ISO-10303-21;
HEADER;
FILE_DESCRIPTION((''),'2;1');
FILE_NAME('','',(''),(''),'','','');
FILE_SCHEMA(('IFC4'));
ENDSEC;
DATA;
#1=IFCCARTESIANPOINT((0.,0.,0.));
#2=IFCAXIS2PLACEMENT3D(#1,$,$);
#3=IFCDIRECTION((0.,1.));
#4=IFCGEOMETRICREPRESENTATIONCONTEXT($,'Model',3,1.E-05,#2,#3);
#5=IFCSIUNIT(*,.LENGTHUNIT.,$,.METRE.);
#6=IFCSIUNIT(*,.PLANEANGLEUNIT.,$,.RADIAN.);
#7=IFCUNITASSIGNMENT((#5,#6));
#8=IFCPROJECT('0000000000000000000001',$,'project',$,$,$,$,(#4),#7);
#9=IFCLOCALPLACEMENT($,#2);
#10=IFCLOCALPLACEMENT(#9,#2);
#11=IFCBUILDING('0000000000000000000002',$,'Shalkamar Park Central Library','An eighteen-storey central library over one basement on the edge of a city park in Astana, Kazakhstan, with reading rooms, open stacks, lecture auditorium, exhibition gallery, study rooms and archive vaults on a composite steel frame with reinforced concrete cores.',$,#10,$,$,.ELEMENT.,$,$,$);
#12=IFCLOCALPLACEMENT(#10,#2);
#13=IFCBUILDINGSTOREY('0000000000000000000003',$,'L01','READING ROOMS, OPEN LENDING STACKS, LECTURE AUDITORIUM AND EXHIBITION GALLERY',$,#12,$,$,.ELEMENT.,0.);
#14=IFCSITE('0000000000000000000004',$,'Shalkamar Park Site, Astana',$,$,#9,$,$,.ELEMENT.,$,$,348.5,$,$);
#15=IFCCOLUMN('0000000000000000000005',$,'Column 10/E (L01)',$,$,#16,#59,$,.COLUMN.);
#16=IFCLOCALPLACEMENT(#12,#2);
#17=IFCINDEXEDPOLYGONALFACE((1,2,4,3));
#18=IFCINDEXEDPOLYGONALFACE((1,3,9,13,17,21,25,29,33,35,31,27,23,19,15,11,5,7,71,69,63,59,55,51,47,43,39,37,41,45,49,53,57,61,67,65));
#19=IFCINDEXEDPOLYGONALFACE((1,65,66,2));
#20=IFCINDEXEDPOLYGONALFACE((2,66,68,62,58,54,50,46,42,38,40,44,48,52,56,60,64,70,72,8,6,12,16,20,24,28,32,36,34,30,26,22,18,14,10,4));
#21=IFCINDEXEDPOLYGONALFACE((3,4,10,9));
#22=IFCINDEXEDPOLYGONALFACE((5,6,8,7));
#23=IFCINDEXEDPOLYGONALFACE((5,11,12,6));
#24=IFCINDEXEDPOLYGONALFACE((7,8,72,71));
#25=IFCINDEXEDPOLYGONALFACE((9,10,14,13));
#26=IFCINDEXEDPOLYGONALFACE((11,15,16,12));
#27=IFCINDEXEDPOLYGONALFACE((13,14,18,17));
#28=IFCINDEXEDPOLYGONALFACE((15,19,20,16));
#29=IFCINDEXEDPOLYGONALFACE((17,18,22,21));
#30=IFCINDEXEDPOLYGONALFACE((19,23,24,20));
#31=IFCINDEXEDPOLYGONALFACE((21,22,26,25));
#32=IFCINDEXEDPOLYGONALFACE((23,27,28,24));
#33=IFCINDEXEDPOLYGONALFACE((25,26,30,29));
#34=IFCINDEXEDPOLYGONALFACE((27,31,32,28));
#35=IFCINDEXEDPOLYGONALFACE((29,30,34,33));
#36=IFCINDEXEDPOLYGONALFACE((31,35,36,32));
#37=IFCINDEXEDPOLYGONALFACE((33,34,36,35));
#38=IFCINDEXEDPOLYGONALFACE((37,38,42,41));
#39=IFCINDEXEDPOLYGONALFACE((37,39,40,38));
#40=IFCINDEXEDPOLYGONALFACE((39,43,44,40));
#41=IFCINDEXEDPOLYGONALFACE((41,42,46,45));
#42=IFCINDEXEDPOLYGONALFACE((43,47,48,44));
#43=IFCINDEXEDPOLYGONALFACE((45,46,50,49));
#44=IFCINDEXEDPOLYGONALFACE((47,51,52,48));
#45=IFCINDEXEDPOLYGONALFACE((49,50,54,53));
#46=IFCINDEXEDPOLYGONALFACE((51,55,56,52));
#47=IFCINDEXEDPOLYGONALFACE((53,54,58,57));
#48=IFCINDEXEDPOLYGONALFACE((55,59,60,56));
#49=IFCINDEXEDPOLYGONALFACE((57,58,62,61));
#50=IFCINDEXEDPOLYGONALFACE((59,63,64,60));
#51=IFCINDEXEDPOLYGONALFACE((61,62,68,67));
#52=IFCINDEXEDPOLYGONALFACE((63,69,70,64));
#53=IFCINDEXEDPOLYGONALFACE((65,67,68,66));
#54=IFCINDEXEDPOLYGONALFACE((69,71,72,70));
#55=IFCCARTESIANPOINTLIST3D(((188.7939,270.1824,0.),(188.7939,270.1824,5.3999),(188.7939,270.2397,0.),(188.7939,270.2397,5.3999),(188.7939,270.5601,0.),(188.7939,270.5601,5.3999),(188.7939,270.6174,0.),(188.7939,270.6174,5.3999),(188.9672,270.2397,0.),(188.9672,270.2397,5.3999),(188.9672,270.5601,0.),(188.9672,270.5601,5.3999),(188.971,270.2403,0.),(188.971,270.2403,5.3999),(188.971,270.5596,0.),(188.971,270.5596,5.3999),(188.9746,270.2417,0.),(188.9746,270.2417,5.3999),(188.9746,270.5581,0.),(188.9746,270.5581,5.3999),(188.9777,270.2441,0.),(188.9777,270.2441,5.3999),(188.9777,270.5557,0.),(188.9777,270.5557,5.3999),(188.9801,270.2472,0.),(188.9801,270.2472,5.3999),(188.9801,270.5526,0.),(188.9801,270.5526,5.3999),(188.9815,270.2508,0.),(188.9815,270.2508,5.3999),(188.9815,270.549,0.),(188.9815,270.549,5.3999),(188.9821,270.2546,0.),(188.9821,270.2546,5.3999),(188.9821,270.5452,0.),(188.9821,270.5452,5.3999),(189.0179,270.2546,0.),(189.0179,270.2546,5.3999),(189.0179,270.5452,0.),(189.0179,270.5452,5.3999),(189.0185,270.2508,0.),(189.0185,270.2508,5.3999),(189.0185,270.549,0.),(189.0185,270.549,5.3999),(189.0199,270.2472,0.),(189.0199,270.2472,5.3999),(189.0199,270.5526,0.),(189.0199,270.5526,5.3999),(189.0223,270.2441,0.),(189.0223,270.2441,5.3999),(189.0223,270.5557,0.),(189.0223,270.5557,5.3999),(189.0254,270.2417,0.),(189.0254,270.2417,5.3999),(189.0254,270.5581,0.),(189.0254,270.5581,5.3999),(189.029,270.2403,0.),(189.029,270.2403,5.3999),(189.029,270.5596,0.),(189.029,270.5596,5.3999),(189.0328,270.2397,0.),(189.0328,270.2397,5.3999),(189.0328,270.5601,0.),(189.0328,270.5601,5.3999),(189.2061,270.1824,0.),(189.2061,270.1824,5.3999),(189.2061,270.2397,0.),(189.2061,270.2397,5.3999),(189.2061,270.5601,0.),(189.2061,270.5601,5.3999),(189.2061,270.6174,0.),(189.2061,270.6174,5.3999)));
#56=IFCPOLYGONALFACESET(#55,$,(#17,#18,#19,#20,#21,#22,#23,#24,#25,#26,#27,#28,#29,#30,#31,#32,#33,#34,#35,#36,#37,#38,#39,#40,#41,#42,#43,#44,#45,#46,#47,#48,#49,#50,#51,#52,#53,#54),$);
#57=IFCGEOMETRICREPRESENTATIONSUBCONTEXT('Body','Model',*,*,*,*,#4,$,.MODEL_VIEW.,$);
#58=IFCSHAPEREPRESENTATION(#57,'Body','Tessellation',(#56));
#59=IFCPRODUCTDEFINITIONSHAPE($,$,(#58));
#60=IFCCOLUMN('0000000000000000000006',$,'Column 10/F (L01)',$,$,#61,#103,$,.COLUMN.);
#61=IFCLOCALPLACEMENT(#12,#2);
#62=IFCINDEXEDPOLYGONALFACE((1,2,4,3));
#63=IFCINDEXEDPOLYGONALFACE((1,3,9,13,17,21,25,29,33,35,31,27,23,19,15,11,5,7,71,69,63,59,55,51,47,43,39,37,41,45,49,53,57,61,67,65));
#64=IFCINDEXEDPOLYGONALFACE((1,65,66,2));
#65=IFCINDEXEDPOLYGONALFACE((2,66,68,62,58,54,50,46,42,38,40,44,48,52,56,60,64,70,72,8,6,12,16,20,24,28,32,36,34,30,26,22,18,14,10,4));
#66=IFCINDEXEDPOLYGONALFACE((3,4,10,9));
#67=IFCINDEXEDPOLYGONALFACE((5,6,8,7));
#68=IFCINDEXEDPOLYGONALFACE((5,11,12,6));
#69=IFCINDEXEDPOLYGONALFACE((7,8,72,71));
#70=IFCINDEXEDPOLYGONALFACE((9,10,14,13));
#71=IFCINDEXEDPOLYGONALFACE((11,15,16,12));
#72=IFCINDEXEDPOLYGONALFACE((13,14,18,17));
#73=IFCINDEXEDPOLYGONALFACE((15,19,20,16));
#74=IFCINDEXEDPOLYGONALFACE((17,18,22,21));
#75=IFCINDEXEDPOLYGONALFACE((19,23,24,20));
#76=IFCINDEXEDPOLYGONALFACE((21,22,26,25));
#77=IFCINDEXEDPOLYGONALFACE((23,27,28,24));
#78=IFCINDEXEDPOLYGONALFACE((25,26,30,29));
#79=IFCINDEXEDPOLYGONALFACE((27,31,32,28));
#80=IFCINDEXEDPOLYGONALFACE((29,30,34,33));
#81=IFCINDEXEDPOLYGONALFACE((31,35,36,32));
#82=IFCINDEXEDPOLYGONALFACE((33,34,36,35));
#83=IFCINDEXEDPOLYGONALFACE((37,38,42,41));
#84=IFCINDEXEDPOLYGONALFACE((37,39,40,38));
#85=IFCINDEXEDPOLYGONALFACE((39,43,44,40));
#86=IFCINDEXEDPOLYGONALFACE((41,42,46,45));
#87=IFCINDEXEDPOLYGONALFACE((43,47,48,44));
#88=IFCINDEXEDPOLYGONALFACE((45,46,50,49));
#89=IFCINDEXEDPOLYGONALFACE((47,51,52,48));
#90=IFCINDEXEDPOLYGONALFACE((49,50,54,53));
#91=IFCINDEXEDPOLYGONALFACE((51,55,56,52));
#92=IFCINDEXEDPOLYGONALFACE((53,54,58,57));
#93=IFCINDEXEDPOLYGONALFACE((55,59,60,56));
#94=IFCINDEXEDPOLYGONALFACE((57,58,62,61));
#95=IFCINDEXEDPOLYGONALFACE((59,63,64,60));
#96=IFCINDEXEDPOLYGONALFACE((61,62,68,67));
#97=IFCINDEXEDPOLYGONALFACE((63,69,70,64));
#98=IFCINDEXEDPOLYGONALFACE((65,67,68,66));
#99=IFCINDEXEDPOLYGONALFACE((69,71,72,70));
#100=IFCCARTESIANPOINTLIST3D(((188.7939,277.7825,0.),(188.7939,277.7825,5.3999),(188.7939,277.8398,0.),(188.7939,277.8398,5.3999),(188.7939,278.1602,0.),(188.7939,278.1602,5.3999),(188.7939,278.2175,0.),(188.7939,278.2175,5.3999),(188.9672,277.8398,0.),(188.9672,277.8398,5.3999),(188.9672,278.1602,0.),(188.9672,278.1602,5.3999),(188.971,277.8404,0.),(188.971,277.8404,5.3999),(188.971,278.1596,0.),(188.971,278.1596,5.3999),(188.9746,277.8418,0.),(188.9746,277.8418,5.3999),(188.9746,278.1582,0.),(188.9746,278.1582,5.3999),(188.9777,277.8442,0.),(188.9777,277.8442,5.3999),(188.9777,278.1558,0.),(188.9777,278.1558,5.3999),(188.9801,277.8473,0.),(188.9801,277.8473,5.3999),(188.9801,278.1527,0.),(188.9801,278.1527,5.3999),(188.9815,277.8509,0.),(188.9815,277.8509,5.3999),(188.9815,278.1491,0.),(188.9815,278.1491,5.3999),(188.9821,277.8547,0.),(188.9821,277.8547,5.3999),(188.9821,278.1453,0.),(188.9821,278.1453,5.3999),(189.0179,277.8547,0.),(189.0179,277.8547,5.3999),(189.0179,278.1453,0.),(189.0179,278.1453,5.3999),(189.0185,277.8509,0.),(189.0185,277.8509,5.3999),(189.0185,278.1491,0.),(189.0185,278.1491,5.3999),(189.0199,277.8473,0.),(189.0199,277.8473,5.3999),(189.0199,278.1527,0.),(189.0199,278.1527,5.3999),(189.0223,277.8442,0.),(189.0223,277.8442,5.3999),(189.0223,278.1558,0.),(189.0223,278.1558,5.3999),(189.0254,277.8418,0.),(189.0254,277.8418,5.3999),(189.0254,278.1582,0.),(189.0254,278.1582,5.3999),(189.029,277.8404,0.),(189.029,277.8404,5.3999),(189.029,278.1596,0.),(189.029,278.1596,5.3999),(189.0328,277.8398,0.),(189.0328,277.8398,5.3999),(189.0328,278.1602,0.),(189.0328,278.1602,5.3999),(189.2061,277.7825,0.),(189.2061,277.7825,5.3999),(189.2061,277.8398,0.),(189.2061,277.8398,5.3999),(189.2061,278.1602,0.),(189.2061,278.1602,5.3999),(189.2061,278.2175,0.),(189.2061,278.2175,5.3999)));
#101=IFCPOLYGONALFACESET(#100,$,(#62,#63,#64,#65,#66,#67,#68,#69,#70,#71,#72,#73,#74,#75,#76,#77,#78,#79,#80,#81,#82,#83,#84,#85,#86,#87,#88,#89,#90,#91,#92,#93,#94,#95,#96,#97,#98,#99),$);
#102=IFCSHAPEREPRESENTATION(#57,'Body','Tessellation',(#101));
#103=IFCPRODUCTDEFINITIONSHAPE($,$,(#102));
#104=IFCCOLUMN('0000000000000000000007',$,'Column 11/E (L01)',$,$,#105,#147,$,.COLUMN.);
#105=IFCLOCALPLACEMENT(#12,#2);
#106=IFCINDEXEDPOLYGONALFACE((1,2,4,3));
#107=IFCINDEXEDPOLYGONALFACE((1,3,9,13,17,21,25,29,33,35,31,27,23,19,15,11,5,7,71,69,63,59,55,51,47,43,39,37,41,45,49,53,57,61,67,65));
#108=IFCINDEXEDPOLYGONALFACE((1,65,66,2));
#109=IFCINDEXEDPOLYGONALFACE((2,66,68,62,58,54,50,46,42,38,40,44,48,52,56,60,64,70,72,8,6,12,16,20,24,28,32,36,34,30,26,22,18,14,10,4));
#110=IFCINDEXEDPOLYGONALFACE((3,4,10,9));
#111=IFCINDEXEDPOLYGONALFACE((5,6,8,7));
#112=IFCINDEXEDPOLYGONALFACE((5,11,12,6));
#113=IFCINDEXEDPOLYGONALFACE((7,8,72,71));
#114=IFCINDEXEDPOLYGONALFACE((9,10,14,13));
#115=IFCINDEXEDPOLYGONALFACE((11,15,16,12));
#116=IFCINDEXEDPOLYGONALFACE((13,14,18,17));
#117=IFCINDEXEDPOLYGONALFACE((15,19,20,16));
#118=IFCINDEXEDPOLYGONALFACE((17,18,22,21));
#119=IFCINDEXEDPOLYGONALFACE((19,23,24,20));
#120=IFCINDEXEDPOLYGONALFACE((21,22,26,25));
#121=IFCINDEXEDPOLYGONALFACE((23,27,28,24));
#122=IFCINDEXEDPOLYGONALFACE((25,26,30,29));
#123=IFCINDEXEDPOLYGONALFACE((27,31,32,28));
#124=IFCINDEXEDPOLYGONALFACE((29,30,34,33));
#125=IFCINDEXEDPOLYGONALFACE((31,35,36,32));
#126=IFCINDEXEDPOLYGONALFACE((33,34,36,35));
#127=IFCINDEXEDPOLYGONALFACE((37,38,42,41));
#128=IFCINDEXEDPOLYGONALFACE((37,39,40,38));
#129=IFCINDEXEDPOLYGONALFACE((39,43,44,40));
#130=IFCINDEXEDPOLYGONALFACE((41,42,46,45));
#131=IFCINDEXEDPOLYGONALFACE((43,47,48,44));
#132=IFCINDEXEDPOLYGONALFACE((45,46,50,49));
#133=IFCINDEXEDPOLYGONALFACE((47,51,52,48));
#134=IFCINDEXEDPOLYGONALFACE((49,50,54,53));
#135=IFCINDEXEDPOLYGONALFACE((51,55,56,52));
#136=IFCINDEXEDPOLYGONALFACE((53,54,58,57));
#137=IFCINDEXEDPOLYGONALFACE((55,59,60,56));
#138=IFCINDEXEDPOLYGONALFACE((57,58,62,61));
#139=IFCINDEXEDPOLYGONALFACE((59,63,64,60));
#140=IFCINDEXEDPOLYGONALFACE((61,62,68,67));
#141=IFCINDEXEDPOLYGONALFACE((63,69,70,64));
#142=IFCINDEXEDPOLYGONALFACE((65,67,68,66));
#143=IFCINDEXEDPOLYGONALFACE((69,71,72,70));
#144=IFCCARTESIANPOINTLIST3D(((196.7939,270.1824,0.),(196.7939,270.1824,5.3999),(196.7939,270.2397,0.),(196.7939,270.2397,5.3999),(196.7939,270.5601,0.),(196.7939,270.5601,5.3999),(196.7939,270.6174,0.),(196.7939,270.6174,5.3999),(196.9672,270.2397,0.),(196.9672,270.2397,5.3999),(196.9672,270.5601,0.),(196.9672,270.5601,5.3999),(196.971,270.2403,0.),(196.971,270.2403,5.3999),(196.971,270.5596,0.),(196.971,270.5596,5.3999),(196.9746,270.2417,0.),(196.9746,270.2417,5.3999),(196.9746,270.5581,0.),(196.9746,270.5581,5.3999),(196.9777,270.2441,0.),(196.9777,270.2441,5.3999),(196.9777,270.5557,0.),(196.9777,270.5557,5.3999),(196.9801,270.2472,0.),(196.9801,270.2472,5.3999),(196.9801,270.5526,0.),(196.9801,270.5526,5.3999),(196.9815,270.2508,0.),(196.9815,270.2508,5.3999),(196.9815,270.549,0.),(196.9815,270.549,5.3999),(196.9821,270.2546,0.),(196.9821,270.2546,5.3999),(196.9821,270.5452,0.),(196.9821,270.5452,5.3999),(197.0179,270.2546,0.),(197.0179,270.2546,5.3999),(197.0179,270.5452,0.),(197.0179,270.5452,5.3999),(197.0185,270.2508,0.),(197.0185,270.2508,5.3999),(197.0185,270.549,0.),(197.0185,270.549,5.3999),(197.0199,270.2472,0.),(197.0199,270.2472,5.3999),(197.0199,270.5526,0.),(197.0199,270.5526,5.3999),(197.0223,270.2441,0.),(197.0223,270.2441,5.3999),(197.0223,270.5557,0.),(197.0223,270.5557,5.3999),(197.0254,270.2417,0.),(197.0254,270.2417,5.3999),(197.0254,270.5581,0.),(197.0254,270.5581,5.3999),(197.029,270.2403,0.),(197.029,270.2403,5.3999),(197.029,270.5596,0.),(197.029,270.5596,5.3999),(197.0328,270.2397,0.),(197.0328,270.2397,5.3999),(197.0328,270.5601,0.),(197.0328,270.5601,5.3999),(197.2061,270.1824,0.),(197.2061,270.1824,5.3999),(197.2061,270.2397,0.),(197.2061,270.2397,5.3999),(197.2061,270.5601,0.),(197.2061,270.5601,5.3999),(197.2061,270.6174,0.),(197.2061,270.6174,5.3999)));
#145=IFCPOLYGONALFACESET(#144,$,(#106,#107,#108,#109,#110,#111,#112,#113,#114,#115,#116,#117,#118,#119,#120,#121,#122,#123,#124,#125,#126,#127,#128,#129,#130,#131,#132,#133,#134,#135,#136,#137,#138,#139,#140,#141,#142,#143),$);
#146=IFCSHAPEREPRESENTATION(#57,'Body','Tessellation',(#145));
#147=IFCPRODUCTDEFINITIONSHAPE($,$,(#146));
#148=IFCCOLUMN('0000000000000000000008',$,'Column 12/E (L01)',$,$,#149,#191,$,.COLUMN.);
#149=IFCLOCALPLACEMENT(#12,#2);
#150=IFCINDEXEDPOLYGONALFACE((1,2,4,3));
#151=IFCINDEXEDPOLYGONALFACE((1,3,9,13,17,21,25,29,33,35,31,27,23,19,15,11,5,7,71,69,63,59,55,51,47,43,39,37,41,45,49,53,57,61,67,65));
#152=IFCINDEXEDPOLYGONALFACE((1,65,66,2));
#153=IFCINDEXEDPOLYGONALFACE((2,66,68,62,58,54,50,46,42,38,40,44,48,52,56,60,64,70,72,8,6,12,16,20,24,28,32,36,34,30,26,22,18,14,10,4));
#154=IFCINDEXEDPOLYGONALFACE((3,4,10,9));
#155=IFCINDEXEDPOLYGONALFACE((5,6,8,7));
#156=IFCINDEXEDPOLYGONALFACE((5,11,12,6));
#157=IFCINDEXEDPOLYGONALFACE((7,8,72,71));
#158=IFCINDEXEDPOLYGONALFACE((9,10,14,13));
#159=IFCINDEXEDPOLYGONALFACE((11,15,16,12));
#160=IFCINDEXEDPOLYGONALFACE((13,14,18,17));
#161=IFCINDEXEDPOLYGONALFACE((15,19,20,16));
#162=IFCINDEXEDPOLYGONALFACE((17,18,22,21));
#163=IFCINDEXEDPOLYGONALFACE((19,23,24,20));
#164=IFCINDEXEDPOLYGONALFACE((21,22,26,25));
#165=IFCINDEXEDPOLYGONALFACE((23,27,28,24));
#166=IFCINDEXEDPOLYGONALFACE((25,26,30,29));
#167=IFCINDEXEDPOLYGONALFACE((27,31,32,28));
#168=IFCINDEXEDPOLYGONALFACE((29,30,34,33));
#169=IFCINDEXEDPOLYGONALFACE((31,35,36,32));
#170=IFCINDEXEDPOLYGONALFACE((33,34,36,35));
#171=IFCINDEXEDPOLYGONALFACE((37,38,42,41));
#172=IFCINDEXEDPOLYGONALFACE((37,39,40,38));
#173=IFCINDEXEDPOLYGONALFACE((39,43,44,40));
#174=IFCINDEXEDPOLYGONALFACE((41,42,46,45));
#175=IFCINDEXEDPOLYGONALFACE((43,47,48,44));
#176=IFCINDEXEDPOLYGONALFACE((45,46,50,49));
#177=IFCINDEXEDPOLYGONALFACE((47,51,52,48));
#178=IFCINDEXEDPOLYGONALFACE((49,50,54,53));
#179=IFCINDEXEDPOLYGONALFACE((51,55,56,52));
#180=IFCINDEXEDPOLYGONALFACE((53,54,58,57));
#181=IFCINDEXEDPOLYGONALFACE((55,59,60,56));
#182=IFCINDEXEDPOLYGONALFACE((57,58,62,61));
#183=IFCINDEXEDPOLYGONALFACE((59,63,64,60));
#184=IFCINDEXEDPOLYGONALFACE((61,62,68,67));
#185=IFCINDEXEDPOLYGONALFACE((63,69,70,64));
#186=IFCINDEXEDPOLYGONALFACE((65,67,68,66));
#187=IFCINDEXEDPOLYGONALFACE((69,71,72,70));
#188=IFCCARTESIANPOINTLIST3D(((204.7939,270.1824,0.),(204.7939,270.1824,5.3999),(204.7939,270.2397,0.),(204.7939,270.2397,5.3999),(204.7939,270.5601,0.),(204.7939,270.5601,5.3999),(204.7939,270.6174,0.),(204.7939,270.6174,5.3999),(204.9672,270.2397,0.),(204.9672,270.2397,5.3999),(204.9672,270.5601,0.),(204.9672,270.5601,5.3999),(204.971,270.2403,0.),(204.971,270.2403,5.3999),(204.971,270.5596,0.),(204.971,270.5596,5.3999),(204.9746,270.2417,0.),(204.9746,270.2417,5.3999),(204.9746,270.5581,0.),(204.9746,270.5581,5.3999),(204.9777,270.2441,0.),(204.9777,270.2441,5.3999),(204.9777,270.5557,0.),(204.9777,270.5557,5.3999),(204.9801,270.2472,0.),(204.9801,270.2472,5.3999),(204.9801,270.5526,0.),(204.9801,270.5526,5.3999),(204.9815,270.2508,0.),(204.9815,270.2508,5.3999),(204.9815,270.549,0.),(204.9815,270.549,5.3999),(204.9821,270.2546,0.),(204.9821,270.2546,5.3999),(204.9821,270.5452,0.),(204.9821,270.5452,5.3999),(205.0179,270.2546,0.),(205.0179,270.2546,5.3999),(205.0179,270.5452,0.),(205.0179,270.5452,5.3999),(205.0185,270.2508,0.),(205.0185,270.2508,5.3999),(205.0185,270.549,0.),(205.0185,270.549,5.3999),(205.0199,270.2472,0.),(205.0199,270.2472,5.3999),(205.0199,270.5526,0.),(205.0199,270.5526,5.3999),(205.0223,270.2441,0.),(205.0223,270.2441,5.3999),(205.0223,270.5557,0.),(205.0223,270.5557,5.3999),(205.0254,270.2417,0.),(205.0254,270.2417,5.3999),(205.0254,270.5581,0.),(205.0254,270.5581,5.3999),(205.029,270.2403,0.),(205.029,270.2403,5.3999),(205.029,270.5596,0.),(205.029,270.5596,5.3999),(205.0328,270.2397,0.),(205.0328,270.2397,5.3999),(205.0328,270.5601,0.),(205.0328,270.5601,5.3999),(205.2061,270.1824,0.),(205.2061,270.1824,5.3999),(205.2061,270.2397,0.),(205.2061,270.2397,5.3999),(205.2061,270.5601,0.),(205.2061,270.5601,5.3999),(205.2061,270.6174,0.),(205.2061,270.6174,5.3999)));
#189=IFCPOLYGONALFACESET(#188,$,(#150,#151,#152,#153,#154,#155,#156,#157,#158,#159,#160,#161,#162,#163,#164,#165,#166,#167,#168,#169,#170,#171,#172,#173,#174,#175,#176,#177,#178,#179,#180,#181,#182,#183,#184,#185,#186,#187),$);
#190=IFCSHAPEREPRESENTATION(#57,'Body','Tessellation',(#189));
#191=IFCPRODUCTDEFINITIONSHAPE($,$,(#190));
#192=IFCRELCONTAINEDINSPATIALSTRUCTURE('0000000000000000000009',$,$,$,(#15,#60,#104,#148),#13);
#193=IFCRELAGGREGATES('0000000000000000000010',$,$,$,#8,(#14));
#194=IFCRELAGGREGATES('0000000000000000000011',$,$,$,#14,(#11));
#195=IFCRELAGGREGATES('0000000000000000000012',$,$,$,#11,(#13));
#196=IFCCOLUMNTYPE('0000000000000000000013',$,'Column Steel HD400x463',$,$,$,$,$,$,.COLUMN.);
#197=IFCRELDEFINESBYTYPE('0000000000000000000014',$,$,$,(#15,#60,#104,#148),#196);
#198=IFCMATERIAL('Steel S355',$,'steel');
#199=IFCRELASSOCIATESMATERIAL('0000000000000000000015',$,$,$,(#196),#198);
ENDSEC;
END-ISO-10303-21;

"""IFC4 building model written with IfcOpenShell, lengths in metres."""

from ifc_helpers import new_model, si_unit, direction, frame, origin, origin_2d, place, context, subcontext, project, spatial, i_section, extrude, material, material_profile, profile_set, type_object, element, save


model = new_model("IFC4")

# Units and contexts
model_context = context("Model", 3, precision=1e-05, world=origin(), true_north=direction((0.0, 1.0)))
body_context = subcontext(model_context, "Body", "Model", "MODEL_VIEW")
ifc_project = project(units=[si_unit("LENGTHUNIT", "METRE"), si_unit("PLANEANGLEUNIT", "RADIAN")], contexts=[model_context])

# Site, building, storey
site_placement = place(None, origin())
site = spatial("IfcSite", under=ifc_project, at=site_placement, Name="Shalkamar Park Site, Astana", CompositionType="ELEMENT", RefElevation=348.5)
building_placement = place(site_placement, origin())
building = spatial("IfcBuilding", under=site, at=building_placement, Name="Shalkamar Park Central Library", Description="An eighteen-storey central library over one basement on the edge of a city park in Astana, Kazakhstan, with reading rooms, open stacks, lecture auditorium, exhibition gallery, study rooms and archive vaults on a composite steel frame with reinforced concrete cores.", CompositionType="ELEMENT")
storey_placement = place(building_placement, origin())
storey = spatial("IfcBuildingStorey", under=building, at=storey_placement, Name="L01", Description="READING ROOMS, OPEN LENDING STACKS, LECTURE AUDITORIUM AND EXHIBITION GALLERY", CompositionType="ELEMENT", Elevation=0.0)

# Columns
ifc_material = material(Name="Steel S355", Category="steel")
ifc_material_profile_1 = material_profile(ifc_material, i_section(OverallWidth=0.4121, OverallDepth=0.4351, WebThickness=0.0359, FlangeThickness=0.0574, FilletRadius=0.0149, at=origin_2d()), Name="HD 400x463")
ifc_profile_set_1 = profile_set([ifc_material_profile_1], Name="Steel S355")
column_type = type_object("IfcColumnType", Name="Column Steel HD400x463", PredefinedType="COLUMN", material=ifc_profile_set_1)
for number, where, z_axis, x_axis, name in (
    (1, (189.0, 270.3999, 0.0), (0.0, 0.0, 1.0), (1.0, 0.0, 0.0), "Column 10/E (L01)"),
    (2, (189.0, 278.0, 0.0), (0.0, 0.0, 1.0), (1.0, 0.0, 0.0), "Column 10/F (L01)"),
    (3, (197.0, 270.3999, 0.0), (0.0, 0.0, 1.0), (1.0, 0.0, 0.0), "Column 11/E (L01)"),
    (4, (205.0, 270.3999, 0.0), (0.0, 0.0, 1.0), (1.0, 0.0, 0.0), "Column 12/E (L01)"),
):
    element("IfcColumn", number, at=place(storey_placement, frame(where, z_axis=z_axis, x_axis=x_axis)), inside=storey, type_object=column_type, Name=name, PredefinedType="COLUMN", context=body_context, shape_type="SweptSolid", body=[
        extrude(i_section(OverallWidth=0.4121, OverallDepth=0.4351, WebThickness=0.0359, FlangeThickness=0.0574, FilletRadius=0.0149, at=origin_2d()), origin(), (0.0, 0.0, 1.0), 5.3999),
    ])

save(model, "model.ifc")
